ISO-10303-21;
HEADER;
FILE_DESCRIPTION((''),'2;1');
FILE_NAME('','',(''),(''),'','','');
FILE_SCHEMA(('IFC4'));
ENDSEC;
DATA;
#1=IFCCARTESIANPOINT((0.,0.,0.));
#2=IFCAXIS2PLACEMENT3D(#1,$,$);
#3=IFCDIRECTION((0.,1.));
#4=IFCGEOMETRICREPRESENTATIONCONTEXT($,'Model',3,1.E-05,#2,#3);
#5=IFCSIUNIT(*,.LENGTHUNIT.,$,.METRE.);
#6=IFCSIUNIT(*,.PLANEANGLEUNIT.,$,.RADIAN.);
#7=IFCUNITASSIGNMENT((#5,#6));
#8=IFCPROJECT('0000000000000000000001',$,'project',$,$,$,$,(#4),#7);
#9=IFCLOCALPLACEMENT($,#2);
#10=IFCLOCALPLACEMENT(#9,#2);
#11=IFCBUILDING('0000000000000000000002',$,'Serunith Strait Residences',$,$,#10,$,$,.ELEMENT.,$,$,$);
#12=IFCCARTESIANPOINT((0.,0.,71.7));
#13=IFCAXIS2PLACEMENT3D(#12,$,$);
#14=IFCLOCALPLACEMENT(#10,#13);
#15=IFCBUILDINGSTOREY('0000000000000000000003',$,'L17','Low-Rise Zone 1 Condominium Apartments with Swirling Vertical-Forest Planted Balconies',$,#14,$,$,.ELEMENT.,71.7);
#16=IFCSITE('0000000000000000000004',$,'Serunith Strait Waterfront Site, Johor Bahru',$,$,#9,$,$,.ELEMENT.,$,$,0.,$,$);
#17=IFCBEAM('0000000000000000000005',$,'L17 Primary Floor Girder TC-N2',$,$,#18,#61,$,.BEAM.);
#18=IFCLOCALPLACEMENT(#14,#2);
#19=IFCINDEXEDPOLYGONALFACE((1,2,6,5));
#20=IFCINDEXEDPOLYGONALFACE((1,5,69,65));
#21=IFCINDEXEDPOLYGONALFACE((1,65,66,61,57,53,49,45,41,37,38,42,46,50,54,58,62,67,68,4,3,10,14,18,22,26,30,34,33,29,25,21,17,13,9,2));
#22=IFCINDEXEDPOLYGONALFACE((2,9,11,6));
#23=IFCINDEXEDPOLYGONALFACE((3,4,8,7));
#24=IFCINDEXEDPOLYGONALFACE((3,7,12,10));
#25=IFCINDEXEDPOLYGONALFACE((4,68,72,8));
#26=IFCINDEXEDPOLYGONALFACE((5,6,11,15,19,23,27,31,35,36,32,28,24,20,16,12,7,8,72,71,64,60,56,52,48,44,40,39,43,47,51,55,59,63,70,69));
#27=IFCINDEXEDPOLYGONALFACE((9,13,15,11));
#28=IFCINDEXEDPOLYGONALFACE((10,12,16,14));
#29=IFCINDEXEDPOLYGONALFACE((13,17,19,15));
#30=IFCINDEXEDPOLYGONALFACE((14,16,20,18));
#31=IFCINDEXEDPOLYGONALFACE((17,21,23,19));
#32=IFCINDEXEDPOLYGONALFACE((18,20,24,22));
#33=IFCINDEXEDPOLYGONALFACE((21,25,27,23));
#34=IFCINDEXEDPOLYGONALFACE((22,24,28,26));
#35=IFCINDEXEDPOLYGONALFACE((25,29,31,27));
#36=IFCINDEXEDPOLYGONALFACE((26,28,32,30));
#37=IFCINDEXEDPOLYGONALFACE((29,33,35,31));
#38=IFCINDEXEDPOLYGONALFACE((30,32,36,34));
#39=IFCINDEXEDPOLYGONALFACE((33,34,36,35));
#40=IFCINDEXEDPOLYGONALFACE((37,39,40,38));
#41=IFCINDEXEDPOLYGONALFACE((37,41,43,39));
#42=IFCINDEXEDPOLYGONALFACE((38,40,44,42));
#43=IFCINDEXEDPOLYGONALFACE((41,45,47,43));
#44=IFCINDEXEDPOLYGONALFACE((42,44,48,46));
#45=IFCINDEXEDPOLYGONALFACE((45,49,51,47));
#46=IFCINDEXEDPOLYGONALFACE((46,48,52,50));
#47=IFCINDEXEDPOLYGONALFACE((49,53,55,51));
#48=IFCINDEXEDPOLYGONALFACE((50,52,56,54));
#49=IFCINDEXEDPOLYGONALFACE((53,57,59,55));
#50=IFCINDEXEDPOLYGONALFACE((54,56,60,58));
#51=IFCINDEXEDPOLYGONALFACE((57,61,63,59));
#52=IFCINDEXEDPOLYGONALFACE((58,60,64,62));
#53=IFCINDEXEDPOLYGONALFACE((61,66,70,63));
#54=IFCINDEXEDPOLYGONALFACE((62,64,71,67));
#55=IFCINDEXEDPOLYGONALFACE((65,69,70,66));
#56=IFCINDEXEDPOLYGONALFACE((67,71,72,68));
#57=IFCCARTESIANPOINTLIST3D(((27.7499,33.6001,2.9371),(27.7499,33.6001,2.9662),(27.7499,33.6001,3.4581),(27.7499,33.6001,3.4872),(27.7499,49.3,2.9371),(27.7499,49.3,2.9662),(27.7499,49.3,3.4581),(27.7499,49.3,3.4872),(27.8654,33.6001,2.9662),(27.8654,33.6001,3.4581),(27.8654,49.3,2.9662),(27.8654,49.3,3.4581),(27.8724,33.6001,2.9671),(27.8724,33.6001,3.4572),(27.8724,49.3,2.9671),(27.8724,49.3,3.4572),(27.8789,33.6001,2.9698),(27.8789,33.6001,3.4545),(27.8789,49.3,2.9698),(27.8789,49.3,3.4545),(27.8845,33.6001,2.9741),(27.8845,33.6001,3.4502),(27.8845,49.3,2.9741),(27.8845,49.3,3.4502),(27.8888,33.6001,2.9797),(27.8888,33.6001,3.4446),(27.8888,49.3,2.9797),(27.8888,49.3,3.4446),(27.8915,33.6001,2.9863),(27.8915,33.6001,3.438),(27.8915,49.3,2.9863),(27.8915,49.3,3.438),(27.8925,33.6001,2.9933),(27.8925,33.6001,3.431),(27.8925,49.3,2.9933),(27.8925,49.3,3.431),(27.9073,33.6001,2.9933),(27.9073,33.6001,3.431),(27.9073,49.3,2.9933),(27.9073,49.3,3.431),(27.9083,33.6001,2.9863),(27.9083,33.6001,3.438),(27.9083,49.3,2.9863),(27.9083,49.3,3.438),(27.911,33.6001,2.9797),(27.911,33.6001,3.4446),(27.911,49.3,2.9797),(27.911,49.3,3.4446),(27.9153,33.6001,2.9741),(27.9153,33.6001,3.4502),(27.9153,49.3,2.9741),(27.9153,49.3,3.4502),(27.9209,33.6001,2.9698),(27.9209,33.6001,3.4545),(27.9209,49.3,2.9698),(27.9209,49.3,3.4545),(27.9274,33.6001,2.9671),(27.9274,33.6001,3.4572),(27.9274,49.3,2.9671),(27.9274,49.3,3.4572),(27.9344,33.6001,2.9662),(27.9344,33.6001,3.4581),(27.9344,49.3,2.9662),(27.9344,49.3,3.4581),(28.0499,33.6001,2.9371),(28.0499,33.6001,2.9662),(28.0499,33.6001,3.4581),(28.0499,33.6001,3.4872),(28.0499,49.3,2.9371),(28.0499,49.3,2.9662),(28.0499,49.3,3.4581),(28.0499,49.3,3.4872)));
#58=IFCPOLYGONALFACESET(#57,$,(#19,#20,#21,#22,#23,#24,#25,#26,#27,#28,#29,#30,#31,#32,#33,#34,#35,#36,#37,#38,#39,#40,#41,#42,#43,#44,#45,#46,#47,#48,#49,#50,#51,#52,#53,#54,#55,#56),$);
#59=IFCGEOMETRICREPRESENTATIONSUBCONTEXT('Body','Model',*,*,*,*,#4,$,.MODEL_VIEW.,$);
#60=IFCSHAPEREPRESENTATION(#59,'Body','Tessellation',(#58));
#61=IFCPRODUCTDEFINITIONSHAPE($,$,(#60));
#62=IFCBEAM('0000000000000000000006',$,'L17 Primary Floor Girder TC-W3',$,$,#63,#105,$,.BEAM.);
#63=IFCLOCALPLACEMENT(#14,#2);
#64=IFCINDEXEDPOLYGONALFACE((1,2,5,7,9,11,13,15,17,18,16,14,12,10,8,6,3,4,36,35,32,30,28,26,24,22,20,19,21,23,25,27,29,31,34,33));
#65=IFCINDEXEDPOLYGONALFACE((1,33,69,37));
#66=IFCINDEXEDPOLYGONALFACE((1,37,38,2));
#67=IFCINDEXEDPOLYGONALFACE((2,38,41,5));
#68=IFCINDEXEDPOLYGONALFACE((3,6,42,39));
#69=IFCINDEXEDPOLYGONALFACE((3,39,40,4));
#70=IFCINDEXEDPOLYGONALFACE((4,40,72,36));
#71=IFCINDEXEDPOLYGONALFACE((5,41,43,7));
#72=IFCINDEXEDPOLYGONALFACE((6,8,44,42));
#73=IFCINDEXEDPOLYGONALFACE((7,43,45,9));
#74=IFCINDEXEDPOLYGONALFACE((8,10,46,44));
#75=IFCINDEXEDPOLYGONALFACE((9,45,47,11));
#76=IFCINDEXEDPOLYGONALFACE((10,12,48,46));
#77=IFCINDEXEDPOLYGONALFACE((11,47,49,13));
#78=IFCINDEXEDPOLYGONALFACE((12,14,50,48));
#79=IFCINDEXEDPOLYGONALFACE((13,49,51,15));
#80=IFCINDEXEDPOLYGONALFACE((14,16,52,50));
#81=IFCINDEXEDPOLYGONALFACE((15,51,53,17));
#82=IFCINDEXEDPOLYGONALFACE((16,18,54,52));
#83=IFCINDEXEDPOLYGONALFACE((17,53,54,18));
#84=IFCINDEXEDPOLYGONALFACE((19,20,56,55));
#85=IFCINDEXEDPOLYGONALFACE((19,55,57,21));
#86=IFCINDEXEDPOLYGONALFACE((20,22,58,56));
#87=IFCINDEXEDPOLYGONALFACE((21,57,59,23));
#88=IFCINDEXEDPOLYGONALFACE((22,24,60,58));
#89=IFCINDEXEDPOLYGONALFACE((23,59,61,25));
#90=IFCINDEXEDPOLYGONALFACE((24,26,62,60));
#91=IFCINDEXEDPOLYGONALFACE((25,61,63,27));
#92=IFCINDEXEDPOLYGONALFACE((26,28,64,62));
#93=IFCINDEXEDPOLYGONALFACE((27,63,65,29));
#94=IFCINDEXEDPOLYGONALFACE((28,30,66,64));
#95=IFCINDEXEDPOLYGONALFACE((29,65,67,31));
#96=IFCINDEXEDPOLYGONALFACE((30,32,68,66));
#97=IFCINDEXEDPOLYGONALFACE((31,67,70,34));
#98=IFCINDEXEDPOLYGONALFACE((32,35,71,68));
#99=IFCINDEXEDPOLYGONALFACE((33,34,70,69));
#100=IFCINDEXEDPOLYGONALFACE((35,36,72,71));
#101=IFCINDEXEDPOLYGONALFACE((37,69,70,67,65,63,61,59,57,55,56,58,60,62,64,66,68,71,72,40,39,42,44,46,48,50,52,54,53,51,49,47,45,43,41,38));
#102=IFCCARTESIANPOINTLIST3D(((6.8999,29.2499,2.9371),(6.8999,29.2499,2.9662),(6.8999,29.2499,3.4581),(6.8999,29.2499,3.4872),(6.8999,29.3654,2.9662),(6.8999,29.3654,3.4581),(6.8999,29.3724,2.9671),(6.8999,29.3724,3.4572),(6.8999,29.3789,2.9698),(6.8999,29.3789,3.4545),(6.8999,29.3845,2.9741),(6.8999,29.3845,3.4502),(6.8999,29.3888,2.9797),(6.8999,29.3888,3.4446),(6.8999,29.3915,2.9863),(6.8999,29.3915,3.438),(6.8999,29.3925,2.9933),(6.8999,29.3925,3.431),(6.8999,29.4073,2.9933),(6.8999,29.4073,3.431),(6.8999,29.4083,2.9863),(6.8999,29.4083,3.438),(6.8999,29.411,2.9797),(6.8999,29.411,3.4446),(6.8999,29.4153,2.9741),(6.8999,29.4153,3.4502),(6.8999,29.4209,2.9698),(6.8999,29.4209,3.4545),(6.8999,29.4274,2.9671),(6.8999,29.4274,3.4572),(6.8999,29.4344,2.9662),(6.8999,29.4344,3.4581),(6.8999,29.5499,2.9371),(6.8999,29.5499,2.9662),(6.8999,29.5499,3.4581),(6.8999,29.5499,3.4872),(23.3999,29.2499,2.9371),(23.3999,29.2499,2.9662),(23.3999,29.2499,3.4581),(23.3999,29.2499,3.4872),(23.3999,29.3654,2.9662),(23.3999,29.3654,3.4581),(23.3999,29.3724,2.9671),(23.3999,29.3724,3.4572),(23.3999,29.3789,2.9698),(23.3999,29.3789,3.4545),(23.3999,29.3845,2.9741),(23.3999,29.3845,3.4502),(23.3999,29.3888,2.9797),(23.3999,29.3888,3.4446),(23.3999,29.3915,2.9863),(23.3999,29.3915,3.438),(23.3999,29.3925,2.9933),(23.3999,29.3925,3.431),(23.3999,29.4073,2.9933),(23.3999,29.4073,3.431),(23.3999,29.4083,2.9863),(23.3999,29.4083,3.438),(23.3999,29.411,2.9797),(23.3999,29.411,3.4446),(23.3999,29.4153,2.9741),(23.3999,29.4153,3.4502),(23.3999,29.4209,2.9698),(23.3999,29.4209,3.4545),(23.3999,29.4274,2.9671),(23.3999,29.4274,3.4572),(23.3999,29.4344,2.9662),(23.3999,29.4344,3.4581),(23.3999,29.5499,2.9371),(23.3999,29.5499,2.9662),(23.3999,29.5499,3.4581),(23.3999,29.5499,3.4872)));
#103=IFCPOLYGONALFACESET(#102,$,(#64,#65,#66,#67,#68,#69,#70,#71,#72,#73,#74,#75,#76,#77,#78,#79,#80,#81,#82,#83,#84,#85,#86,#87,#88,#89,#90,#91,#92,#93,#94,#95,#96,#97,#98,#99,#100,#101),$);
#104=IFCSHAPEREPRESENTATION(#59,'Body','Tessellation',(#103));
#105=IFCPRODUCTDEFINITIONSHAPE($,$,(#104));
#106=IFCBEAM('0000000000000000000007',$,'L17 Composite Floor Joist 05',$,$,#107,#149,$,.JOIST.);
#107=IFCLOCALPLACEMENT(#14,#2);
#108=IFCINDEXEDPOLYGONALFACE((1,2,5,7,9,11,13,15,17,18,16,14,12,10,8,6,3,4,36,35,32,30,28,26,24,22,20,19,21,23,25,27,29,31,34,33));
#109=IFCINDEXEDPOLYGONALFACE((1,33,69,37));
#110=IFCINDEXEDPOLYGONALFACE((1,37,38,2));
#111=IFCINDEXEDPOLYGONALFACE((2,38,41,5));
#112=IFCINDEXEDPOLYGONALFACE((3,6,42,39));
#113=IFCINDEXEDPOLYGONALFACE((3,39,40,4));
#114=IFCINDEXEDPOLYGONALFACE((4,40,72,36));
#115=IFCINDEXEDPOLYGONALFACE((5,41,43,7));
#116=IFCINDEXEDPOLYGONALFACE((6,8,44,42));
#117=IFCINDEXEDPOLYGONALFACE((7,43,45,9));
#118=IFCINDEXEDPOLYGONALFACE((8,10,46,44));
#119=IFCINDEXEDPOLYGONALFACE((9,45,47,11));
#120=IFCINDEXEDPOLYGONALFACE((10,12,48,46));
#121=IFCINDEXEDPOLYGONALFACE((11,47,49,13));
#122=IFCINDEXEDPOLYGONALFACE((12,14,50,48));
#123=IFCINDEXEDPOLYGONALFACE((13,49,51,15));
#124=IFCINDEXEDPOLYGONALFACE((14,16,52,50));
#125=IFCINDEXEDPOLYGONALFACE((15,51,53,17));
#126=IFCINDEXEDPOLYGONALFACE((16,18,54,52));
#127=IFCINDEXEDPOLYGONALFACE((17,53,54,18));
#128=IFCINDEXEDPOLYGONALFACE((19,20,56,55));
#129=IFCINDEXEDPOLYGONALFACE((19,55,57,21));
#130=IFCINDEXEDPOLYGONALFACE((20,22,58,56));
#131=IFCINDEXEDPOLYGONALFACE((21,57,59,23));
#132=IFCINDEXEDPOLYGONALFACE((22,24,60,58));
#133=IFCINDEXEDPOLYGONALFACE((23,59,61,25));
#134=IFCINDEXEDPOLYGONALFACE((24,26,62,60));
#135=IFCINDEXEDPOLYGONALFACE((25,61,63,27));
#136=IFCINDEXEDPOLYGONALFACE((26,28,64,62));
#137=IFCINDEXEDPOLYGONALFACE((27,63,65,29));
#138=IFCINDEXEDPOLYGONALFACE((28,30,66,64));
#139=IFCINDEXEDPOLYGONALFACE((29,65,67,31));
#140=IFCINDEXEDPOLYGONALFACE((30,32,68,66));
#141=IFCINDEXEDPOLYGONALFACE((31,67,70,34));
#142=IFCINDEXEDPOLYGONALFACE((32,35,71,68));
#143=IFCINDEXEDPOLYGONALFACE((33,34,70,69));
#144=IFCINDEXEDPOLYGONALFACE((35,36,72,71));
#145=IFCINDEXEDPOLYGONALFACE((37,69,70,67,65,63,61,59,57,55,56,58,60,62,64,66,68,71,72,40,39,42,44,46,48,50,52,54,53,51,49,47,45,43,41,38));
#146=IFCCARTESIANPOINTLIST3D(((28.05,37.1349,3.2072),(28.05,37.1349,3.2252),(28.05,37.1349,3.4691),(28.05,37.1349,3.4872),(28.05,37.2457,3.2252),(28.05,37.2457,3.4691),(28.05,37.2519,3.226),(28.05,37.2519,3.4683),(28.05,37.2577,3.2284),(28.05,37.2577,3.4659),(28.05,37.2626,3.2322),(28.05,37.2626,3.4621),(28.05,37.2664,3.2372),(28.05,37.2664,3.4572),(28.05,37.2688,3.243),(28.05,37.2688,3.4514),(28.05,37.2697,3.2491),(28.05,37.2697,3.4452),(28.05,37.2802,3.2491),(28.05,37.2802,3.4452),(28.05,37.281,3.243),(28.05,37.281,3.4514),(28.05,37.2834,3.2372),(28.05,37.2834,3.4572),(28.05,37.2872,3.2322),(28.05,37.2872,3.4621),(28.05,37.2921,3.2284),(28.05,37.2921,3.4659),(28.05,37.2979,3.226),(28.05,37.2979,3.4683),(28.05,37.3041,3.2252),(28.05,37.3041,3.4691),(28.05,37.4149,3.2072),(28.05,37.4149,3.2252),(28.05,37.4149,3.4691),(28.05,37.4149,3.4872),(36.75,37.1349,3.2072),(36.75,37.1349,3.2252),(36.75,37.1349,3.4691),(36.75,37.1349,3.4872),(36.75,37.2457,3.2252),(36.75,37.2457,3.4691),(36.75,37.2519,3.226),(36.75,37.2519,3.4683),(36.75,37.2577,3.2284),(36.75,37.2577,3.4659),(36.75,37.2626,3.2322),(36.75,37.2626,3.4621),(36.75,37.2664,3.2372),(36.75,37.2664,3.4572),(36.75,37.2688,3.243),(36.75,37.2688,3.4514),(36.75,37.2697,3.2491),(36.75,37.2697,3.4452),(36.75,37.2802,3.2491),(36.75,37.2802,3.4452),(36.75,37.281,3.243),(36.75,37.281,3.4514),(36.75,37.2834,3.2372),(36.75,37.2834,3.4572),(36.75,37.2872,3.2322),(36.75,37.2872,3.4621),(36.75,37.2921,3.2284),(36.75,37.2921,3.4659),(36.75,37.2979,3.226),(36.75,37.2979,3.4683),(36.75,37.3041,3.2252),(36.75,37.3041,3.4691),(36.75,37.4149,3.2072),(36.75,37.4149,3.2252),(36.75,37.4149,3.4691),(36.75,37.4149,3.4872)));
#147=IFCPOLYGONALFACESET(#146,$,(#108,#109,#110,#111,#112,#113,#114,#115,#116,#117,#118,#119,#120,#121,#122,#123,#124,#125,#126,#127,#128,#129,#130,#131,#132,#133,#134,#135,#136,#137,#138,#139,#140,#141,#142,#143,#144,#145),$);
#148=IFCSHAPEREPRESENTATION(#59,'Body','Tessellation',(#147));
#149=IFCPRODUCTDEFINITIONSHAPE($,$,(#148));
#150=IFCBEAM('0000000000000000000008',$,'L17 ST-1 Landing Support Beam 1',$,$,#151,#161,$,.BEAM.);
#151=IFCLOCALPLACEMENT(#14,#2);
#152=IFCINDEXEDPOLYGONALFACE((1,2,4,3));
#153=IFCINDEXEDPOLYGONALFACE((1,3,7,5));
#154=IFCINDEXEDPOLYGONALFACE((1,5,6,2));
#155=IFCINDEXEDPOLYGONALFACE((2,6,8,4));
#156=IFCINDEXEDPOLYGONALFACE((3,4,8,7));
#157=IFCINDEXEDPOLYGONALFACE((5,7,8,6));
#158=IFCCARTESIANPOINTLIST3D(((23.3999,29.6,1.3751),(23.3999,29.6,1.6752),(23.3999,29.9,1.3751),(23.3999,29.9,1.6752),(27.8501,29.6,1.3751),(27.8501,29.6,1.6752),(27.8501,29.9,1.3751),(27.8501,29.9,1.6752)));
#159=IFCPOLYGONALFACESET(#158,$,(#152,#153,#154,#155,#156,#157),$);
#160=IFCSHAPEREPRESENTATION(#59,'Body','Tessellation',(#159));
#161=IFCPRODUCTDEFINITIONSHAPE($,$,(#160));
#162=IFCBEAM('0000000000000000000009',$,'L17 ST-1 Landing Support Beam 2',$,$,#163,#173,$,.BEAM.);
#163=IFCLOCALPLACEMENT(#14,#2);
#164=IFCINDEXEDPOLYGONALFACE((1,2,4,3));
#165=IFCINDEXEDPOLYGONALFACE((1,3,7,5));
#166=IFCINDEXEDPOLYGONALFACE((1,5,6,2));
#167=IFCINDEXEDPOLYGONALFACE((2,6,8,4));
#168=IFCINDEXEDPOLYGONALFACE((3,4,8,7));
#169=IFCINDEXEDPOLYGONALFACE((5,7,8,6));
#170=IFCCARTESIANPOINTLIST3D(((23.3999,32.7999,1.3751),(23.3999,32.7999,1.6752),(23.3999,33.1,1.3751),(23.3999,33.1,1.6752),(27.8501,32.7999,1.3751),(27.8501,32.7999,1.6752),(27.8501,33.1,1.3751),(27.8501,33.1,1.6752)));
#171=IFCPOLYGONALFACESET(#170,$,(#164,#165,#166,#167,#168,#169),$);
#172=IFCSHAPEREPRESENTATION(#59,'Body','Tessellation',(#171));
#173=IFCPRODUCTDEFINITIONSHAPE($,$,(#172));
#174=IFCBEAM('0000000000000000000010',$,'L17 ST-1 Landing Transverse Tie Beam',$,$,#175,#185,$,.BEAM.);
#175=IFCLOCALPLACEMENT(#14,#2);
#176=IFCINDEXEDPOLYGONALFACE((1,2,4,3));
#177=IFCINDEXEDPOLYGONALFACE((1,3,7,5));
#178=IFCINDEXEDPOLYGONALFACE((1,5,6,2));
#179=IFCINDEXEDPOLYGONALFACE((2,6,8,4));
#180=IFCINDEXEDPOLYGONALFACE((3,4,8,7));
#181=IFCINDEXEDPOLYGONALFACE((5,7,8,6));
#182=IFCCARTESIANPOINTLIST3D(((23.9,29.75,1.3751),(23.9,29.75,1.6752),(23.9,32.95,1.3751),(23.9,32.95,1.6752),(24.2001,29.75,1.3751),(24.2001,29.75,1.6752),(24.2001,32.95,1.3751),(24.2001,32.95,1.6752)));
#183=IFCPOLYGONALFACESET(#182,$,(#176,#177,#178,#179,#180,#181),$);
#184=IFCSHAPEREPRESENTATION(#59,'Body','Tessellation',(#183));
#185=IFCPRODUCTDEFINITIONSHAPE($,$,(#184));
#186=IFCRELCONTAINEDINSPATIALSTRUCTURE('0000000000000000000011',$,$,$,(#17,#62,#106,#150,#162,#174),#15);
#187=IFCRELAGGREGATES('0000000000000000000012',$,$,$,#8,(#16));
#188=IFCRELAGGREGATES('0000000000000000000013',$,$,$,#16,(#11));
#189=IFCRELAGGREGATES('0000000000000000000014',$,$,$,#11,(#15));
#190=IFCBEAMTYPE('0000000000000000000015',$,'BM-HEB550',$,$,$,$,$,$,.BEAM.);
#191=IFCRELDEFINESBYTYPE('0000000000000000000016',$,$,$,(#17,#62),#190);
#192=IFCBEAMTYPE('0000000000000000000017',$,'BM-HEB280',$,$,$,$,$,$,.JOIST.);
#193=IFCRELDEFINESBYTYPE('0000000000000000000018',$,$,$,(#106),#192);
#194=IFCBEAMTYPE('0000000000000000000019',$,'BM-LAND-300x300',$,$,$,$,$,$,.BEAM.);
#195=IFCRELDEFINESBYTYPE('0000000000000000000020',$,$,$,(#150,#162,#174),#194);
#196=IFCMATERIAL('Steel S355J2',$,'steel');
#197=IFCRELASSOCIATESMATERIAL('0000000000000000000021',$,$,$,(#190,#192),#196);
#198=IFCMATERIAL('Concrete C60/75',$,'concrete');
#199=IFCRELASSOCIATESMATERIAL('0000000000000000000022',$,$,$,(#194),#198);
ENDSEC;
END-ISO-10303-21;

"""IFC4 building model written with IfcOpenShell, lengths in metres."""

from ifc_helpers import new_model, si_unit, direction, frame, origin, origin_2d, place, context, subcontext, project, spatial, rectangle, i_section, extrude, source, transform, mapped, material, material_profile, profile_set, type_object, element, save


model = new_model("IFC4")

# Units and contexts
model_context = context("Model", 3, precision=1e-05, world=origin(), true_north=direction((0.0, 1.0)))
body_context = subcontext(model_context, "Body", "Model", "MODEL_VIEW")
ifc_project = project(units=[si_unit("LENGTHUNIT", "METRE"), si_unit("PLANEANGLEUNIT", "RADIAN")], contexts=[model_context])

# Site, building, storey
site_placement = place(None, origin())
site = spatial("IfcSite", under=ifc_project, at=site_placement, Name="Serunith Strait Waterfront Site, Johor Bahru", CompositionType="ELEMENT", RefElevation=0.0)
building_placement = place(site_placement, origin())
building = spatial("IfcBuilding", under=site, at=building_placement, Name="Serunith Strait Residences", CompositionType="ELEMENT")
storey_placement = place(building_placement, frame((0.0, 0.0, 71.7)))
storey = spatial("IfcBuildingStorey", under=building, at=storey_placement, Name="L17", Description="Low-Rise Zone 1 Condominium Apartments with Swirling Vertical-Forest Planted Balconies", CompositionType="ELEMENT", Elevation=71.7)

# Beams
ifc_material_1 = material(Name="Steel S355J2", Category="steel")
ifc_material_profile_1 = material_profile(ifc_material_1, i_section(OverallWidth=0.3, OverallDepth=0.55, WebThickness=0.0149, FlangeThickness=0.0291, FilletRadius=0.0271, at=origin_2d()), Name="HEB 550")
ifc_profile_set_1 = profile_set([ifc_material_profile_1], Name="Steel S355J2")
beam_type_1 = type_object("IfcBeamType", Name="BM-HEB550", PredefinedType="BEAM", material=ifc_profile_set_1)
shared_shape_1 = source(origin(), body_context, "Body", "SweptSolid", [
    extrude(i_section(OverallWidth=0.3, OverallDepth=0.55, WebThickness=0.0149, FlangeThickness=0.0291, FilletRadius=0.0271, at=origin_2d()), origin(), (0.0, 0.0, 1.0), 15.7),
])
beam_1_placement = place(storey_placement, frame((27.8999, 33.6001, 3.2122), z_axis=(0.0, 1.0, 0.0), x_axis=(-1.0, 0.0, 0.0)))
element("IfcBeam", 1, at=beam_1_placement, inside=storey, type_object=beam_type_1, Name="L17 Primary Floor Girder TC-N2", PredefinedType="BEAM", context=body_context, shape_type="MappedRepresentation", body=[
    mapped(shared_shape_1, transform((0.0, 0.0, 0.0), scale=1.0)),
])
shared_shape_2 = source(origin(), body_context, "Body", "SweptSolid", [
    extrude(i_section(OverallWidth=0.3, OverallDepth=0.55, WebThickness=0.0149, FlangeThickness=0.0291, FilletRadius=0.0271, at=origin_2d()), origin(), (0.0, 0.0, 1.0), 16.5),
])
beam_2_placement = place(storey_placement, frame((23.3999, 29.3999, 3.2122), z_axis=(-1.0, 0.0, 0.0), x_axis=(0.0, -1.0, 0.0)))
element("IfcBeam", 2, at=beam_2_placement, inside=storey, type_object=beam_type_1, Name="L17 Primary Floor Girder TC-W3", PredefinedType="BEAM", context=body_context, shape_type="MappedRepresentation", body=[
    mapped(shared_shape_2, transform((0.0, 0.0, 0.0), scale=1.0)),
])
ifc_material_profile_2 = material_profile(ifc_material_1, i_section(OverallWidth=0.28, OverallDepth=0.28, WebThickness=0.0105, FlangeThickness=0.0181, FilletRadius=0.0239, at=origin_2d()), Name="HEB 280")
ifc_profile_set_2 = profile_set([ifc_material_profile_2], Name="Steel S355J2")
beam_type_2 = type_object("IfcBeamType", Name="BM-HEB280", PredefinedType="JOIST", material=ifc_profile_set_2)
shared_shape_3 = source(origin(), body_context, "Body", "SweptSolid", [
    extrude(i_section(OverallWidth=0.28, OverallDepth=0.28, WebThickness=0.0105, FlangeThickness=0.0181, FilletRadius=0.0239, at=origin_2d()), origin(), (0.0, 0.0, 1.0), 8.7),
])
beam_3_placement = place(storey_placement, frame((28.05, 37.2749, 3.3472), z_axis=(1.0, 0.0, 0.0), x_axis=(0.0, 1.0, 0.0)))
element("IfcBeam", 3, at=beam_3_placement, inside=storey, type_object=beam_type_2, Name="L17 Composite Floor Joist 05", PredefinedType="JOIST", context=body_context, shape_type="MappedRepresentation", body=[
    mapped(shared_shape_3, transform((0.0, 0.0, 0.0), scale=1.0)),
])
ifc_material_2 = material(Name="Concrete C60/75", Category="concrete")
ifc_material_profile_3 = material_profile(ifc_material_2, rectangle(XDim=0.3, YDim=0.3, at=origin_2d()), Name="RC 300x300")
ifc_profile_set_3 = profile_set([ifc_material_profile_3], Name="Concrete C60/75")
beam_type_3 = type_object("IfcBeamType", Name="BM-LAND-300x300", PredefinedType="BEAM", material=ifc_profile_set_3)
shared_shape_4 = source(origin(), body_context, "Body", "SweptSolid", [
    extrude(rectangle(XDim=0.3, YDim=0.3, at=origin_2d()), origin(), (0.0, 0.0, 1.0), 4.4502),
])
for number, where, z_axis, x_axis, name in (
    (4, (23.3999, 29.75, 1.5251), (1.0, 0.0, 0.0), (0.0, 1.0, 0.0), "L17 ST-1 Landing Support Beam 1"),
    (5, (23.3999, 32.95, 1.5251), (1.0, 0.0, 0.0), (0.0, 1.0, 0.0), "L17 ST-1 Landing Support Beam 2"),
):
    element("IfcBeam", number, at=place(storey_placement, frame(where, z_axis=z_axis, x_axis=x_axis)), inside=storey, type_object=beam_type_3, Name=name, PredefinedType="BEAM", context=body_context, shape_type="MappedRepresentation", body=[
        mapped(shared_shape_4, transform((0.0, 0.0, 0.0), scale=1.0)),
    ])
shared_shape_5 = source(origin(), body_context, "Body", "SweptSolid", [
    extrude(rectangle(XDim=0.3, YDim=0.3, at=origin_2d()), origin(), (0.0, 0.0, 1.0), 3.2),
])
beam_4_placement = place(storey_placement, frame((24.05, 29.75, 1.5251), z_axis=(0.0, 1.0, 0.0), x_axis=(-1.0, 0.0, 0.0)))
element("IfcBeam", 6, at=beam_4_placement, inside=storey, type_object=beam_type_3, Name="L17 ST-1 Landing Transverse Tie Beam", PredefinedType="BEAM", context=body_context, shape_type="MappedRepresentation", body=[
    mapped(shared_shape_5, transform((0.0, 0.0, 0.0), scale=1.0)),
])

save(model, "model.ifc")
